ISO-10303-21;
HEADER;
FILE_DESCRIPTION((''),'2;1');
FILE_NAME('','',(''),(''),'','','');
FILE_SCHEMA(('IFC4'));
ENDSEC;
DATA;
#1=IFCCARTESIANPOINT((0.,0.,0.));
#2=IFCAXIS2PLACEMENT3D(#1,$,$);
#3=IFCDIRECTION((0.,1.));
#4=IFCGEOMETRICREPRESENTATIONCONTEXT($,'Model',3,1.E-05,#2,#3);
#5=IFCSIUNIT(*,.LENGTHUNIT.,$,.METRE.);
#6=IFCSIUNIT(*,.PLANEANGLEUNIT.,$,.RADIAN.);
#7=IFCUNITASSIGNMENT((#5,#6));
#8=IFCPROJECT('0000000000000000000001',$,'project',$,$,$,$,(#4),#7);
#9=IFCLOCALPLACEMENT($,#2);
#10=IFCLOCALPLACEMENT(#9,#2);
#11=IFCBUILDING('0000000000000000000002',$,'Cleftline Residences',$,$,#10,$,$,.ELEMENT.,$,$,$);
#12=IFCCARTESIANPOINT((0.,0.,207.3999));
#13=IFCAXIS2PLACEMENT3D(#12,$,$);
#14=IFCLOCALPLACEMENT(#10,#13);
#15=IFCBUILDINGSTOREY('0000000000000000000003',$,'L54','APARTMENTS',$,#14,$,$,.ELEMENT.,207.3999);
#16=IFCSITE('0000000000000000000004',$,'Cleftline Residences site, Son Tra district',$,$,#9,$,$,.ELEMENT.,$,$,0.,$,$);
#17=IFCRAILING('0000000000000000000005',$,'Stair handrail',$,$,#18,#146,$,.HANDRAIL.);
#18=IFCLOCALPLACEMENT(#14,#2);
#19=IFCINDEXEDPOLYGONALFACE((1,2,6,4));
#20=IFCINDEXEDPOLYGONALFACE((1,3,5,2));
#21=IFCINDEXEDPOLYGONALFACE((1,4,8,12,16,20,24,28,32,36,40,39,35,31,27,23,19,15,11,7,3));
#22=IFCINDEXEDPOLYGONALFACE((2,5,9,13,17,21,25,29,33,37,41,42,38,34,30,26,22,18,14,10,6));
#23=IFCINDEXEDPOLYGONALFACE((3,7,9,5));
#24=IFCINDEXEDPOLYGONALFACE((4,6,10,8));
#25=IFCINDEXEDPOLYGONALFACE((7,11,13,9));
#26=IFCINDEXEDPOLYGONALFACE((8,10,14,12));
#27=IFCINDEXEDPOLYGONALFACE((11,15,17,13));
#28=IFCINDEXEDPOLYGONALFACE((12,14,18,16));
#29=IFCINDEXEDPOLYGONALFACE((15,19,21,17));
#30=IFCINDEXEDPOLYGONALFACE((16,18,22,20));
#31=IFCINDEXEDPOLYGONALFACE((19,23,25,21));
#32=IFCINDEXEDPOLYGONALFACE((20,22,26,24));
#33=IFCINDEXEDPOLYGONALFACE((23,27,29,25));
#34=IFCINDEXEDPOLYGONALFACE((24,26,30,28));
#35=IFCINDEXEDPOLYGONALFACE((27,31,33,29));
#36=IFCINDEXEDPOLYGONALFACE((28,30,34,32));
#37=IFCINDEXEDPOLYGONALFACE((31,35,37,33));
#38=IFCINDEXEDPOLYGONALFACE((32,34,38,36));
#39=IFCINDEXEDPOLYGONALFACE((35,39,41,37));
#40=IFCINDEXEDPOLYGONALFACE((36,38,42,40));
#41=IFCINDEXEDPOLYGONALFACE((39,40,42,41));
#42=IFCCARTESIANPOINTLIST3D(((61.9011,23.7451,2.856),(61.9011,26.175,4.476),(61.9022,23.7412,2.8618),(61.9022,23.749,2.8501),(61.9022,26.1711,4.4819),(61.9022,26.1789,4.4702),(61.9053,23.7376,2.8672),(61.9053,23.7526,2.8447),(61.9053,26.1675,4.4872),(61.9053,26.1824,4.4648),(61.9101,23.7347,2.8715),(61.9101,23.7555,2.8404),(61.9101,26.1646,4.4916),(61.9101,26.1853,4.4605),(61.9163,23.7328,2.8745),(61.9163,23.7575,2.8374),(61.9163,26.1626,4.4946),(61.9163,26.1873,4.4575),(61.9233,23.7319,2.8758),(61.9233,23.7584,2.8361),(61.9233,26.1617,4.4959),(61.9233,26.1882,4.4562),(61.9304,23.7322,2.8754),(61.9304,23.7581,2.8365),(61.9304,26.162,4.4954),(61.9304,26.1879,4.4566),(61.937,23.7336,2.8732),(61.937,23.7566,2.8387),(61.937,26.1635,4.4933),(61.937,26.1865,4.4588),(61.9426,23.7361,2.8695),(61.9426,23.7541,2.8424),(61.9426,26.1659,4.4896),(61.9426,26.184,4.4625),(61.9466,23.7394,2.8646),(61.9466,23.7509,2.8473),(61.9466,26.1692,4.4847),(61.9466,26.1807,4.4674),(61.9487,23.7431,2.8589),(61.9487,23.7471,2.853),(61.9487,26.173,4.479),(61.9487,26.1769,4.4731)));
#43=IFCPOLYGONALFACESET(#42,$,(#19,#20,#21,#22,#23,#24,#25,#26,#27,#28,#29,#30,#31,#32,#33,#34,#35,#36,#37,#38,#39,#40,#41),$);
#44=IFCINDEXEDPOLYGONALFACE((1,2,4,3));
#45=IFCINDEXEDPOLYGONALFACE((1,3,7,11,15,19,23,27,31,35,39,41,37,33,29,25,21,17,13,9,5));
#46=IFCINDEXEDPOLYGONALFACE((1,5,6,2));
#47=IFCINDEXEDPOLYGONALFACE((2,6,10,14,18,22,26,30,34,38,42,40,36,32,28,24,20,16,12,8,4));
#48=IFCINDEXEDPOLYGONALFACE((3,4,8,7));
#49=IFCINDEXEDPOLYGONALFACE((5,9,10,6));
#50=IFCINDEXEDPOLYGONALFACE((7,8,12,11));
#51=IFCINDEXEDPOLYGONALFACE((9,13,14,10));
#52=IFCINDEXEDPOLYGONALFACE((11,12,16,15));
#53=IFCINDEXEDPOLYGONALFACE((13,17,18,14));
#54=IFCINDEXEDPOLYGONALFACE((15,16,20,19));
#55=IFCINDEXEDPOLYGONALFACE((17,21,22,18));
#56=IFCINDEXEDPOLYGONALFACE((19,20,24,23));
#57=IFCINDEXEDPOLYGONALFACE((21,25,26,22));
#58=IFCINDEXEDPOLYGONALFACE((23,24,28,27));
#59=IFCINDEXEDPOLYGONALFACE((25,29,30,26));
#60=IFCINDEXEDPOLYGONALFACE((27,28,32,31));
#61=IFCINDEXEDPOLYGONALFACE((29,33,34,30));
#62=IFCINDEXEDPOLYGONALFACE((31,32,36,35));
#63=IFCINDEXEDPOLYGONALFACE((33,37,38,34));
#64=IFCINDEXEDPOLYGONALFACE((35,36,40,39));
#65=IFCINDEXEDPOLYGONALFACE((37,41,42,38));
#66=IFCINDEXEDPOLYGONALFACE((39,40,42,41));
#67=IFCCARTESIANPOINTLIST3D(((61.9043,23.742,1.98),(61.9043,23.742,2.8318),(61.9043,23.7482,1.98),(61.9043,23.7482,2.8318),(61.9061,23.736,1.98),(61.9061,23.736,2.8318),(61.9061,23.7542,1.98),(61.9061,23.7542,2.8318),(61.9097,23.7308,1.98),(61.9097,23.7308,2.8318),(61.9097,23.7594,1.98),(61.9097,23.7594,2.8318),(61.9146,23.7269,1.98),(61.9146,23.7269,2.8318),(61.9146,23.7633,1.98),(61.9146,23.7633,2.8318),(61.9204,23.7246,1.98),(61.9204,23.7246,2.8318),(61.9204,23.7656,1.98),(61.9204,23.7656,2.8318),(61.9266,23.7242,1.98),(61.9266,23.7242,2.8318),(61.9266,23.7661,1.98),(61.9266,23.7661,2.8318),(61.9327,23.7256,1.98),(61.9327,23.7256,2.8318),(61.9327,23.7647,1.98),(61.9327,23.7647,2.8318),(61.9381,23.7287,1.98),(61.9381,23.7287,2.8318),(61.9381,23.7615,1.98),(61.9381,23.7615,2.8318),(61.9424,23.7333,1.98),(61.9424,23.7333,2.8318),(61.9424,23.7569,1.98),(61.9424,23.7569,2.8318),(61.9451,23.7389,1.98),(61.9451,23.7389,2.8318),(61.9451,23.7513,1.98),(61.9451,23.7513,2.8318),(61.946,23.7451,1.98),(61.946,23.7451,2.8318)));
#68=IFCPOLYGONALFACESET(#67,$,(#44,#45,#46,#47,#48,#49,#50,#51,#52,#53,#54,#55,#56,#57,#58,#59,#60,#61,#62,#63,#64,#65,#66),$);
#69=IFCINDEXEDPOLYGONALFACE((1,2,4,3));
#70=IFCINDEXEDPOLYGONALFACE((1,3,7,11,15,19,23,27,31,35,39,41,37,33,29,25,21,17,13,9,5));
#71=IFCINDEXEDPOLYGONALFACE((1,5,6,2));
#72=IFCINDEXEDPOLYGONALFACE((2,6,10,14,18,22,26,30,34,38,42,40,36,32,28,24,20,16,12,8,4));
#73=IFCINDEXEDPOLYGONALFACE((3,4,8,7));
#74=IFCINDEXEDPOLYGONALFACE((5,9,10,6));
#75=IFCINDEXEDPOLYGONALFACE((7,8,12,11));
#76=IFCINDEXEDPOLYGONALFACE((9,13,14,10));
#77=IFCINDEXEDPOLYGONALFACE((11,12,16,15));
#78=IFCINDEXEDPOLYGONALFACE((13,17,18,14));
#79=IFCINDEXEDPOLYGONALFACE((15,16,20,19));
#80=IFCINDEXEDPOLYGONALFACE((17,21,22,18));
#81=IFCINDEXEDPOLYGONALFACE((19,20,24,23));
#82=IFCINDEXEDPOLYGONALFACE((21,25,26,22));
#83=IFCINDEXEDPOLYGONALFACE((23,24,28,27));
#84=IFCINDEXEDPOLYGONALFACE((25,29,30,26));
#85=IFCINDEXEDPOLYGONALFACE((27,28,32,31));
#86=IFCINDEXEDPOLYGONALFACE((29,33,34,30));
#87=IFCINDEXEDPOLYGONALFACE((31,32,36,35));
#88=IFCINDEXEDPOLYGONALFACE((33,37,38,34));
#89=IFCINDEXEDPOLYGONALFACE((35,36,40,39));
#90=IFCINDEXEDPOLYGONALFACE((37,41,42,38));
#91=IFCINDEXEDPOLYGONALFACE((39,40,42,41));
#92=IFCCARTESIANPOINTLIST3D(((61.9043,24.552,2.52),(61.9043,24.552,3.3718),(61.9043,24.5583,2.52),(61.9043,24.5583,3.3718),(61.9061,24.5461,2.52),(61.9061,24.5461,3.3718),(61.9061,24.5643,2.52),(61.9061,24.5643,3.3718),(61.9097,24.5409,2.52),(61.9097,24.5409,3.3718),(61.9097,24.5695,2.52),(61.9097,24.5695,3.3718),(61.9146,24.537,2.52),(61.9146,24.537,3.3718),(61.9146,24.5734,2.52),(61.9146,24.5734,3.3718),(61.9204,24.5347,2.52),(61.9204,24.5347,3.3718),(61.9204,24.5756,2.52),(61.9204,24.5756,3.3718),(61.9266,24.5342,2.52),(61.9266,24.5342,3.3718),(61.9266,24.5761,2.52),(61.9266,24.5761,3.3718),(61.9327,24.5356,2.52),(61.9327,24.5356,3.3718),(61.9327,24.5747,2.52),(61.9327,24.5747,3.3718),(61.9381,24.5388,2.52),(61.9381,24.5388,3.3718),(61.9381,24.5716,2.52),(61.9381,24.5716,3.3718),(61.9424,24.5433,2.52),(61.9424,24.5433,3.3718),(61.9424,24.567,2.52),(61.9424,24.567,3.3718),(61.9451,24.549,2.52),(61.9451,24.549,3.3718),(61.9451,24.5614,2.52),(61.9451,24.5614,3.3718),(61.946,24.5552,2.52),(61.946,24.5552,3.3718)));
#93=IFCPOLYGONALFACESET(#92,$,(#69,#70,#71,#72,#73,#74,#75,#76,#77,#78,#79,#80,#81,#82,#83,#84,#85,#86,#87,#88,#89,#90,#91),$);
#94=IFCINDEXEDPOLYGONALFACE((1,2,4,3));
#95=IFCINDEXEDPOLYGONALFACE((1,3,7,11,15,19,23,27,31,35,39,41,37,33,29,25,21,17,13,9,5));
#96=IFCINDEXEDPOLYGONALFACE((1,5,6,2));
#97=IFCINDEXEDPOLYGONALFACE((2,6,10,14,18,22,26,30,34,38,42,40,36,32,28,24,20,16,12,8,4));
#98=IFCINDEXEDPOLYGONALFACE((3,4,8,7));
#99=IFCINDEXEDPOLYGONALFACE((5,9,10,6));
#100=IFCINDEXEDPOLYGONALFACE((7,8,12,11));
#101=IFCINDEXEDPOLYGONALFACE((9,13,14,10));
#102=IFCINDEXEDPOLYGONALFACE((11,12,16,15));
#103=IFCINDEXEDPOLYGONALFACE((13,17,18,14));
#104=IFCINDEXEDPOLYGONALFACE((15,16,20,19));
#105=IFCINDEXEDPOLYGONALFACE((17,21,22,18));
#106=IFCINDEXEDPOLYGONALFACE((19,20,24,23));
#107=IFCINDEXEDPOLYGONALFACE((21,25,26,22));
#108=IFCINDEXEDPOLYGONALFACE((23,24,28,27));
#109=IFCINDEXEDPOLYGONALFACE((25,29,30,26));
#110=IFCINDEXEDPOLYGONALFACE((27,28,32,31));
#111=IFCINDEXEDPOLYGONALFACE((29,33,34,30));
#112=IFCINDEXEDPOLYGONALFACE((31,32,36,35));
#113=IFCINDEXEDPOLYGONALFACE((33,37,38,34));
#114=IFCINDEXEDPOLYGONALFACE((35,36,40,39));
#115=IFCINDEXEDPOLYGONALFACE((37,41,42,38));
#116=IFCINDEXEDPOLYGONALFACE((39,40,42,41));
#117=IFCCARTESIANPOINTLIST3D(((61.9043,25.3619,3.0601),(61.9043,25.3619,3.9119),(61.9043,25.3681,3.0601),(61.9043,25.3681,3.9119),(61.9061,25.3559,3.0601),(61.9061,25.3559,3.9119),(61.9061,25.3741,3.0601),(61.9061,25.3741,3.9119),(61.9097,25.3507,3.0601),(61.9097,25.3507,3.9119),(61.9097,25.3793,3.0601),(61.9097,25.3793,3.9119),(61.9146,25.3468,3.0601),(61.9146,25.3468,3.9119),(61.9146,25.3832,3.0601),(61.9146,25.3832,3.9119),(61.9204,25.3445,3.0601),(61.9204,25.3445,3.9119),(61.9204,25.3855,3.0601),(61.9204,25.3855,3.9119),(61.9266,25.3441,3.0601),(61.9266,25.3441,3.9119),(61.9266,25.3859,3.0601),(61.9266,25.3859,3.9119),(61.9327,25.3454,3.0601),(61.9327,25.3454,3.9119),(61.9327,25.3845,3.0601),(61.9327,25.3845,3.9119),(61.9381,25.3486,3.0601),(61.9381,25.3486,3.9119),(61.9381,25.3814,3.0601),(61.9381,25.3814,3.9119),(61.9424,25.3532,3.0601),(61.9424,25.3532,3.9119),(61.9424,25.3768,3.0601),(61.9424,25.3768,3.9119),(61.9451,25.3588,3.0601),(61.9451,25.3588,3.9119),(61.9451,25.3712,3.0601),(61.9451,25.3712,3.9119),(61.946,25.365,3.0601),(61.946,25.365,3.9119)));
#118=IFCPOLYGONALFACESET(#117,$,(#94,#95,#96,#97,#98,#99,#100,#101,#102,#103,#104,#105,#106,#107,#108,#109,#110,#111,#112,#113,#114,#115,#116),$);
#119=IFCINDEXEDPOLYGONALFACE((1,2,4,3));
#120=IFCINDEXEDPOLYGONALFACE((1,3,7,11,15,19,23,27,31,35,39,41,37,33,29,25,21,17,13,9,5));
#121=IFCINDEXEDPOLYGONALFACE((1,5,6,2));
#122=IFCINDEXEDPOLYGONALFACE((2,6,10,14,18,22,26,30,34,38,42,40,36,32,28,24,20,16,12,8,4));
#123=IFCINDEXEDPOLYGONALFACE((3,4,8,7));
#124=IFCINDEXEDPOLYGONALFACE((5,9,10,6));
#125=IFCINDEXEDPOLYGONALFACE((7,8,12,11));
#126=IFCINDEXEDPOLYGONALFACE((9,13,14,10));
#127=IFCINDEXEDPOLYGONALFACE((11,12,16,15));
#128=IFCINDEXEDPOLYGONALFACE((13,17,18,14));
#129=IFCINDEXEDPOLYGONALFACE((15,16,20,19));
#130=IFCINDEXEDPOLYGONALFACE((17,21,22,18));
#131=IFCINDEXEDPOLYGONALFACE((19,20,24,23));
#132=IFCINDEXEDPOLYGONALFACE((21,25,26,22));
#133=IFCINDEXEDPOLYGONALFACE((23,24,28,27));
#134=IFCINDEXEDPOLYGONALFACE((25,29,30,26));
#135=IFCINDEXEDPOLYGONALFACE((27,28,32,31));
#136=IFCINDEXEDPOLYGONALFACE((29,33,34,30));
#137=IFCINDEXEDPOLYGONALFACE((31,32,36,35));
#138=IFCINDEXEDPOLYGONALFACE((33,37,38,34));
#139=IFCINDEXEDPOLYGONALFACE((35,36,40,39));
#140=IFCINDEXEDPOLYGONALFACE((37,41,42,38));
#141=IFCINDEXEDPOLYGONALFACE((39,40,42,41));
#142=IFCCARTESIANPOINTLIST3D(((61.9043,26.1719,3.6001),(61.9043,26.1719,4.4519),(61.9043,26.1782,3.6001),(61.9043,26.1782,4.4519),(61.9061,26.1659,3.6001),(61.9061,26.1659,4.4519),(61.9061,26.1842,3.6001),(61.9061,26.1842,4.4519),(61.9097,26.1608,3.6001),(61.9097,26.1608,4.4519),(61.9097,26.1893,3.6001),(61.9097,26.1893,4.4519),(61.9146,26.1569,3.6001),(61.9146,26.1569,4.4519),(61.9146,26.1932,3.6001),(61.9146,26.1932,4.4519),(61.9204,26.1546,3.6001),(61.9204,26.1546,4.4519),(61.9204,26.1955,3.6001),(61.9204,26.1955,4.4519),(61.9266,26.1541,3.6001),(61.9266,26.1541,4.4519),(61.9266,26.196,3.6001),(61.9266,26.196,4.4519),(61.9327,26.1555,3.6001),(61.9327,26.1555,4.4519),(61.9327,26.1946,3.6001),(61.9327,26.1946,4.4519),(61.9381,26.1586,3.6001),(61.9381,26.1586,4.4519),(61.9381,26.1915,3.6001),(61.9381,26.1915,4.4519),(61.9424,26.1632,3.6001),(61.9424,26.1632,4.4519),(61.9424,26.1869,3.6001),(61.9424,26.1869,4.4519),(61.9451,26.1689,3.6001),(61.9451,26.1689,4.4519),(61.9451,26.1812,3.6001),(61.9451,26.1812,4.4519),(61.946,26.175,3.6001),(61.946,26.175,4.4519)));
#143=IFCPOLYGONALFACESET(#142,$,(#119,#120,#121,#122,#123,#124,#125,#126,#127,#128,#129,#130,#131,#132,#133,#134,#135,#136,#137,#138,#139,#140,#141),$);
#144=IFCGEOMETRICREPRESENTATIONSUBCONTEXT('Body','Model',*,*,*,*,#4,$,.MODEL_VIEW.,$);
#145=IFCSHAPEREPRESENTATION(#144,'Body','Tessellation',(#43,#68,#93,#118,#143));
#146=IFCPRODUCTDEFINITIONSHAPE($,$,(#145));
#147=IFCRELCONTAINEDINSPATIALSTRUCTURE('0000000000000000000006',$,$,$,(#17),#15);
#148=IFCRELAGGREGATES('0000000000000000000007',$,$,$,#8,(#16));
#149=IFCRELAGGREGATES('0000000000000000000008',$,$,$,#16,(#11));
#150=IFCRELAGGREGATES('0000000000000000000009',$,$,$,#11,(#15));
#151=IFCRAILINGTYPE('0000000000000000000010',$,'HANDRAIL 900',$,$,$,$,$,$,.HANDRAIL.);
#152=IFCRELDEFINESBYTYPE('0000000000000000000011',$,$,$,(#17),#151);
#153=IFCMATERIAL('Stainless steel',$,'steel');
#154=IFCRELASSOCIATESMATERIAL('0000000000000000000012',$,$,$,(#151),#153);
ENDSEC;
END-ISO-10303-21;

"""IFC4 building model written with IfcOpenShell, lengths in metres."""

from ifc_helpers import new_model, si_unit, direction, frame, origin, origin_2d, place, context, subcontext, project, spatial, circle, extrude, material, type_object, element, save


model = new_model("IFC4")

# Units and contexts
model_context = context("Model", 3, precision=1e-05, world=origin(), true_north=direction((0.0, 1.0)))
body_context = subcontext(model_context, "Body", "Model", "MODEL_VIEW")
ifc_project = project(units=[si_unit("LENGTHUNIT", "METRE"), si_unit("PLANEANGLEUNIT", "RADIAN")], contexts=[model_context])

# Site, building, storey
site_placement = place(None, origin())
site = spatial("IfcSite", under=ifc_project, at=site_placement, Name="Cleftline Residences site, Son Tra district", CompositionType="ELEMENT", RefElevation=0.0)
building_placement = place(site_placement, origin())
building = spatial("IfcBuilding", under=site, at=building_placement, Name="Cleftline Residences", CompositionType="ELEMENT")
storey_placement = place(building_placement, frame((0.0, 0.0, 207.3999)))
storey = spatial("IfcBuildingStorey", under=building, at=storey_placement, Name="L54", Description="APARTMENTS", CompositionType="ELEMENT", Elevation=207.3999)

# Railing
ifc_material_1 = material(Name="Stainless steel", Category="steel")
railing_type = type_object("IfcRailingType", Name="HANDRAIL 900", PredefinedType="HANDRAIL", material=ifc_material_1)
railing_placement = place(storey_placement, frame((61.925, 23.7451, 1.98)))
element("IfcRailing", 1, at=railing_placement, inside=storey, type_object=railing_type, Name="Stair handrail", PredefinedType="HANDRAIL", context=body_context, shape_type="SweptSolid", body=[
    extrude(circle(Radius=0.0239, at=origin_2d()), frame((0.0, 0.0, 0.876), z_axis=(0.0, 0.832025, 0.554739), x_axis=(-1.0, 0.0, 0.0)), (0.0, 0.0, 1.0), 2.9204),
    extrude(circle(Radius=0.021, at=origin_2d()), origin(), (0.0, 0.0, 1.0), 0.8518),
    extrude(circle(Radius=0.021, at=origin_2d()), frame((0.0, 0.8101, 0.54)), (0.0, 0.0, 1.0), 0.8518),
    extrude(circle(Radius=0.021, at=origin_2d()), frame((0.0, 1.6199, 1.0801)), (0.0, 0.0, 1.0), 0.8518),
    extrude(circle(Radius=0.021, at=origin_2d()), frame((0.0, 2.4299, 1.6201)), (0.0, 0.0, 1.0), 0.8518),
])

save(model, "model.ifc")
